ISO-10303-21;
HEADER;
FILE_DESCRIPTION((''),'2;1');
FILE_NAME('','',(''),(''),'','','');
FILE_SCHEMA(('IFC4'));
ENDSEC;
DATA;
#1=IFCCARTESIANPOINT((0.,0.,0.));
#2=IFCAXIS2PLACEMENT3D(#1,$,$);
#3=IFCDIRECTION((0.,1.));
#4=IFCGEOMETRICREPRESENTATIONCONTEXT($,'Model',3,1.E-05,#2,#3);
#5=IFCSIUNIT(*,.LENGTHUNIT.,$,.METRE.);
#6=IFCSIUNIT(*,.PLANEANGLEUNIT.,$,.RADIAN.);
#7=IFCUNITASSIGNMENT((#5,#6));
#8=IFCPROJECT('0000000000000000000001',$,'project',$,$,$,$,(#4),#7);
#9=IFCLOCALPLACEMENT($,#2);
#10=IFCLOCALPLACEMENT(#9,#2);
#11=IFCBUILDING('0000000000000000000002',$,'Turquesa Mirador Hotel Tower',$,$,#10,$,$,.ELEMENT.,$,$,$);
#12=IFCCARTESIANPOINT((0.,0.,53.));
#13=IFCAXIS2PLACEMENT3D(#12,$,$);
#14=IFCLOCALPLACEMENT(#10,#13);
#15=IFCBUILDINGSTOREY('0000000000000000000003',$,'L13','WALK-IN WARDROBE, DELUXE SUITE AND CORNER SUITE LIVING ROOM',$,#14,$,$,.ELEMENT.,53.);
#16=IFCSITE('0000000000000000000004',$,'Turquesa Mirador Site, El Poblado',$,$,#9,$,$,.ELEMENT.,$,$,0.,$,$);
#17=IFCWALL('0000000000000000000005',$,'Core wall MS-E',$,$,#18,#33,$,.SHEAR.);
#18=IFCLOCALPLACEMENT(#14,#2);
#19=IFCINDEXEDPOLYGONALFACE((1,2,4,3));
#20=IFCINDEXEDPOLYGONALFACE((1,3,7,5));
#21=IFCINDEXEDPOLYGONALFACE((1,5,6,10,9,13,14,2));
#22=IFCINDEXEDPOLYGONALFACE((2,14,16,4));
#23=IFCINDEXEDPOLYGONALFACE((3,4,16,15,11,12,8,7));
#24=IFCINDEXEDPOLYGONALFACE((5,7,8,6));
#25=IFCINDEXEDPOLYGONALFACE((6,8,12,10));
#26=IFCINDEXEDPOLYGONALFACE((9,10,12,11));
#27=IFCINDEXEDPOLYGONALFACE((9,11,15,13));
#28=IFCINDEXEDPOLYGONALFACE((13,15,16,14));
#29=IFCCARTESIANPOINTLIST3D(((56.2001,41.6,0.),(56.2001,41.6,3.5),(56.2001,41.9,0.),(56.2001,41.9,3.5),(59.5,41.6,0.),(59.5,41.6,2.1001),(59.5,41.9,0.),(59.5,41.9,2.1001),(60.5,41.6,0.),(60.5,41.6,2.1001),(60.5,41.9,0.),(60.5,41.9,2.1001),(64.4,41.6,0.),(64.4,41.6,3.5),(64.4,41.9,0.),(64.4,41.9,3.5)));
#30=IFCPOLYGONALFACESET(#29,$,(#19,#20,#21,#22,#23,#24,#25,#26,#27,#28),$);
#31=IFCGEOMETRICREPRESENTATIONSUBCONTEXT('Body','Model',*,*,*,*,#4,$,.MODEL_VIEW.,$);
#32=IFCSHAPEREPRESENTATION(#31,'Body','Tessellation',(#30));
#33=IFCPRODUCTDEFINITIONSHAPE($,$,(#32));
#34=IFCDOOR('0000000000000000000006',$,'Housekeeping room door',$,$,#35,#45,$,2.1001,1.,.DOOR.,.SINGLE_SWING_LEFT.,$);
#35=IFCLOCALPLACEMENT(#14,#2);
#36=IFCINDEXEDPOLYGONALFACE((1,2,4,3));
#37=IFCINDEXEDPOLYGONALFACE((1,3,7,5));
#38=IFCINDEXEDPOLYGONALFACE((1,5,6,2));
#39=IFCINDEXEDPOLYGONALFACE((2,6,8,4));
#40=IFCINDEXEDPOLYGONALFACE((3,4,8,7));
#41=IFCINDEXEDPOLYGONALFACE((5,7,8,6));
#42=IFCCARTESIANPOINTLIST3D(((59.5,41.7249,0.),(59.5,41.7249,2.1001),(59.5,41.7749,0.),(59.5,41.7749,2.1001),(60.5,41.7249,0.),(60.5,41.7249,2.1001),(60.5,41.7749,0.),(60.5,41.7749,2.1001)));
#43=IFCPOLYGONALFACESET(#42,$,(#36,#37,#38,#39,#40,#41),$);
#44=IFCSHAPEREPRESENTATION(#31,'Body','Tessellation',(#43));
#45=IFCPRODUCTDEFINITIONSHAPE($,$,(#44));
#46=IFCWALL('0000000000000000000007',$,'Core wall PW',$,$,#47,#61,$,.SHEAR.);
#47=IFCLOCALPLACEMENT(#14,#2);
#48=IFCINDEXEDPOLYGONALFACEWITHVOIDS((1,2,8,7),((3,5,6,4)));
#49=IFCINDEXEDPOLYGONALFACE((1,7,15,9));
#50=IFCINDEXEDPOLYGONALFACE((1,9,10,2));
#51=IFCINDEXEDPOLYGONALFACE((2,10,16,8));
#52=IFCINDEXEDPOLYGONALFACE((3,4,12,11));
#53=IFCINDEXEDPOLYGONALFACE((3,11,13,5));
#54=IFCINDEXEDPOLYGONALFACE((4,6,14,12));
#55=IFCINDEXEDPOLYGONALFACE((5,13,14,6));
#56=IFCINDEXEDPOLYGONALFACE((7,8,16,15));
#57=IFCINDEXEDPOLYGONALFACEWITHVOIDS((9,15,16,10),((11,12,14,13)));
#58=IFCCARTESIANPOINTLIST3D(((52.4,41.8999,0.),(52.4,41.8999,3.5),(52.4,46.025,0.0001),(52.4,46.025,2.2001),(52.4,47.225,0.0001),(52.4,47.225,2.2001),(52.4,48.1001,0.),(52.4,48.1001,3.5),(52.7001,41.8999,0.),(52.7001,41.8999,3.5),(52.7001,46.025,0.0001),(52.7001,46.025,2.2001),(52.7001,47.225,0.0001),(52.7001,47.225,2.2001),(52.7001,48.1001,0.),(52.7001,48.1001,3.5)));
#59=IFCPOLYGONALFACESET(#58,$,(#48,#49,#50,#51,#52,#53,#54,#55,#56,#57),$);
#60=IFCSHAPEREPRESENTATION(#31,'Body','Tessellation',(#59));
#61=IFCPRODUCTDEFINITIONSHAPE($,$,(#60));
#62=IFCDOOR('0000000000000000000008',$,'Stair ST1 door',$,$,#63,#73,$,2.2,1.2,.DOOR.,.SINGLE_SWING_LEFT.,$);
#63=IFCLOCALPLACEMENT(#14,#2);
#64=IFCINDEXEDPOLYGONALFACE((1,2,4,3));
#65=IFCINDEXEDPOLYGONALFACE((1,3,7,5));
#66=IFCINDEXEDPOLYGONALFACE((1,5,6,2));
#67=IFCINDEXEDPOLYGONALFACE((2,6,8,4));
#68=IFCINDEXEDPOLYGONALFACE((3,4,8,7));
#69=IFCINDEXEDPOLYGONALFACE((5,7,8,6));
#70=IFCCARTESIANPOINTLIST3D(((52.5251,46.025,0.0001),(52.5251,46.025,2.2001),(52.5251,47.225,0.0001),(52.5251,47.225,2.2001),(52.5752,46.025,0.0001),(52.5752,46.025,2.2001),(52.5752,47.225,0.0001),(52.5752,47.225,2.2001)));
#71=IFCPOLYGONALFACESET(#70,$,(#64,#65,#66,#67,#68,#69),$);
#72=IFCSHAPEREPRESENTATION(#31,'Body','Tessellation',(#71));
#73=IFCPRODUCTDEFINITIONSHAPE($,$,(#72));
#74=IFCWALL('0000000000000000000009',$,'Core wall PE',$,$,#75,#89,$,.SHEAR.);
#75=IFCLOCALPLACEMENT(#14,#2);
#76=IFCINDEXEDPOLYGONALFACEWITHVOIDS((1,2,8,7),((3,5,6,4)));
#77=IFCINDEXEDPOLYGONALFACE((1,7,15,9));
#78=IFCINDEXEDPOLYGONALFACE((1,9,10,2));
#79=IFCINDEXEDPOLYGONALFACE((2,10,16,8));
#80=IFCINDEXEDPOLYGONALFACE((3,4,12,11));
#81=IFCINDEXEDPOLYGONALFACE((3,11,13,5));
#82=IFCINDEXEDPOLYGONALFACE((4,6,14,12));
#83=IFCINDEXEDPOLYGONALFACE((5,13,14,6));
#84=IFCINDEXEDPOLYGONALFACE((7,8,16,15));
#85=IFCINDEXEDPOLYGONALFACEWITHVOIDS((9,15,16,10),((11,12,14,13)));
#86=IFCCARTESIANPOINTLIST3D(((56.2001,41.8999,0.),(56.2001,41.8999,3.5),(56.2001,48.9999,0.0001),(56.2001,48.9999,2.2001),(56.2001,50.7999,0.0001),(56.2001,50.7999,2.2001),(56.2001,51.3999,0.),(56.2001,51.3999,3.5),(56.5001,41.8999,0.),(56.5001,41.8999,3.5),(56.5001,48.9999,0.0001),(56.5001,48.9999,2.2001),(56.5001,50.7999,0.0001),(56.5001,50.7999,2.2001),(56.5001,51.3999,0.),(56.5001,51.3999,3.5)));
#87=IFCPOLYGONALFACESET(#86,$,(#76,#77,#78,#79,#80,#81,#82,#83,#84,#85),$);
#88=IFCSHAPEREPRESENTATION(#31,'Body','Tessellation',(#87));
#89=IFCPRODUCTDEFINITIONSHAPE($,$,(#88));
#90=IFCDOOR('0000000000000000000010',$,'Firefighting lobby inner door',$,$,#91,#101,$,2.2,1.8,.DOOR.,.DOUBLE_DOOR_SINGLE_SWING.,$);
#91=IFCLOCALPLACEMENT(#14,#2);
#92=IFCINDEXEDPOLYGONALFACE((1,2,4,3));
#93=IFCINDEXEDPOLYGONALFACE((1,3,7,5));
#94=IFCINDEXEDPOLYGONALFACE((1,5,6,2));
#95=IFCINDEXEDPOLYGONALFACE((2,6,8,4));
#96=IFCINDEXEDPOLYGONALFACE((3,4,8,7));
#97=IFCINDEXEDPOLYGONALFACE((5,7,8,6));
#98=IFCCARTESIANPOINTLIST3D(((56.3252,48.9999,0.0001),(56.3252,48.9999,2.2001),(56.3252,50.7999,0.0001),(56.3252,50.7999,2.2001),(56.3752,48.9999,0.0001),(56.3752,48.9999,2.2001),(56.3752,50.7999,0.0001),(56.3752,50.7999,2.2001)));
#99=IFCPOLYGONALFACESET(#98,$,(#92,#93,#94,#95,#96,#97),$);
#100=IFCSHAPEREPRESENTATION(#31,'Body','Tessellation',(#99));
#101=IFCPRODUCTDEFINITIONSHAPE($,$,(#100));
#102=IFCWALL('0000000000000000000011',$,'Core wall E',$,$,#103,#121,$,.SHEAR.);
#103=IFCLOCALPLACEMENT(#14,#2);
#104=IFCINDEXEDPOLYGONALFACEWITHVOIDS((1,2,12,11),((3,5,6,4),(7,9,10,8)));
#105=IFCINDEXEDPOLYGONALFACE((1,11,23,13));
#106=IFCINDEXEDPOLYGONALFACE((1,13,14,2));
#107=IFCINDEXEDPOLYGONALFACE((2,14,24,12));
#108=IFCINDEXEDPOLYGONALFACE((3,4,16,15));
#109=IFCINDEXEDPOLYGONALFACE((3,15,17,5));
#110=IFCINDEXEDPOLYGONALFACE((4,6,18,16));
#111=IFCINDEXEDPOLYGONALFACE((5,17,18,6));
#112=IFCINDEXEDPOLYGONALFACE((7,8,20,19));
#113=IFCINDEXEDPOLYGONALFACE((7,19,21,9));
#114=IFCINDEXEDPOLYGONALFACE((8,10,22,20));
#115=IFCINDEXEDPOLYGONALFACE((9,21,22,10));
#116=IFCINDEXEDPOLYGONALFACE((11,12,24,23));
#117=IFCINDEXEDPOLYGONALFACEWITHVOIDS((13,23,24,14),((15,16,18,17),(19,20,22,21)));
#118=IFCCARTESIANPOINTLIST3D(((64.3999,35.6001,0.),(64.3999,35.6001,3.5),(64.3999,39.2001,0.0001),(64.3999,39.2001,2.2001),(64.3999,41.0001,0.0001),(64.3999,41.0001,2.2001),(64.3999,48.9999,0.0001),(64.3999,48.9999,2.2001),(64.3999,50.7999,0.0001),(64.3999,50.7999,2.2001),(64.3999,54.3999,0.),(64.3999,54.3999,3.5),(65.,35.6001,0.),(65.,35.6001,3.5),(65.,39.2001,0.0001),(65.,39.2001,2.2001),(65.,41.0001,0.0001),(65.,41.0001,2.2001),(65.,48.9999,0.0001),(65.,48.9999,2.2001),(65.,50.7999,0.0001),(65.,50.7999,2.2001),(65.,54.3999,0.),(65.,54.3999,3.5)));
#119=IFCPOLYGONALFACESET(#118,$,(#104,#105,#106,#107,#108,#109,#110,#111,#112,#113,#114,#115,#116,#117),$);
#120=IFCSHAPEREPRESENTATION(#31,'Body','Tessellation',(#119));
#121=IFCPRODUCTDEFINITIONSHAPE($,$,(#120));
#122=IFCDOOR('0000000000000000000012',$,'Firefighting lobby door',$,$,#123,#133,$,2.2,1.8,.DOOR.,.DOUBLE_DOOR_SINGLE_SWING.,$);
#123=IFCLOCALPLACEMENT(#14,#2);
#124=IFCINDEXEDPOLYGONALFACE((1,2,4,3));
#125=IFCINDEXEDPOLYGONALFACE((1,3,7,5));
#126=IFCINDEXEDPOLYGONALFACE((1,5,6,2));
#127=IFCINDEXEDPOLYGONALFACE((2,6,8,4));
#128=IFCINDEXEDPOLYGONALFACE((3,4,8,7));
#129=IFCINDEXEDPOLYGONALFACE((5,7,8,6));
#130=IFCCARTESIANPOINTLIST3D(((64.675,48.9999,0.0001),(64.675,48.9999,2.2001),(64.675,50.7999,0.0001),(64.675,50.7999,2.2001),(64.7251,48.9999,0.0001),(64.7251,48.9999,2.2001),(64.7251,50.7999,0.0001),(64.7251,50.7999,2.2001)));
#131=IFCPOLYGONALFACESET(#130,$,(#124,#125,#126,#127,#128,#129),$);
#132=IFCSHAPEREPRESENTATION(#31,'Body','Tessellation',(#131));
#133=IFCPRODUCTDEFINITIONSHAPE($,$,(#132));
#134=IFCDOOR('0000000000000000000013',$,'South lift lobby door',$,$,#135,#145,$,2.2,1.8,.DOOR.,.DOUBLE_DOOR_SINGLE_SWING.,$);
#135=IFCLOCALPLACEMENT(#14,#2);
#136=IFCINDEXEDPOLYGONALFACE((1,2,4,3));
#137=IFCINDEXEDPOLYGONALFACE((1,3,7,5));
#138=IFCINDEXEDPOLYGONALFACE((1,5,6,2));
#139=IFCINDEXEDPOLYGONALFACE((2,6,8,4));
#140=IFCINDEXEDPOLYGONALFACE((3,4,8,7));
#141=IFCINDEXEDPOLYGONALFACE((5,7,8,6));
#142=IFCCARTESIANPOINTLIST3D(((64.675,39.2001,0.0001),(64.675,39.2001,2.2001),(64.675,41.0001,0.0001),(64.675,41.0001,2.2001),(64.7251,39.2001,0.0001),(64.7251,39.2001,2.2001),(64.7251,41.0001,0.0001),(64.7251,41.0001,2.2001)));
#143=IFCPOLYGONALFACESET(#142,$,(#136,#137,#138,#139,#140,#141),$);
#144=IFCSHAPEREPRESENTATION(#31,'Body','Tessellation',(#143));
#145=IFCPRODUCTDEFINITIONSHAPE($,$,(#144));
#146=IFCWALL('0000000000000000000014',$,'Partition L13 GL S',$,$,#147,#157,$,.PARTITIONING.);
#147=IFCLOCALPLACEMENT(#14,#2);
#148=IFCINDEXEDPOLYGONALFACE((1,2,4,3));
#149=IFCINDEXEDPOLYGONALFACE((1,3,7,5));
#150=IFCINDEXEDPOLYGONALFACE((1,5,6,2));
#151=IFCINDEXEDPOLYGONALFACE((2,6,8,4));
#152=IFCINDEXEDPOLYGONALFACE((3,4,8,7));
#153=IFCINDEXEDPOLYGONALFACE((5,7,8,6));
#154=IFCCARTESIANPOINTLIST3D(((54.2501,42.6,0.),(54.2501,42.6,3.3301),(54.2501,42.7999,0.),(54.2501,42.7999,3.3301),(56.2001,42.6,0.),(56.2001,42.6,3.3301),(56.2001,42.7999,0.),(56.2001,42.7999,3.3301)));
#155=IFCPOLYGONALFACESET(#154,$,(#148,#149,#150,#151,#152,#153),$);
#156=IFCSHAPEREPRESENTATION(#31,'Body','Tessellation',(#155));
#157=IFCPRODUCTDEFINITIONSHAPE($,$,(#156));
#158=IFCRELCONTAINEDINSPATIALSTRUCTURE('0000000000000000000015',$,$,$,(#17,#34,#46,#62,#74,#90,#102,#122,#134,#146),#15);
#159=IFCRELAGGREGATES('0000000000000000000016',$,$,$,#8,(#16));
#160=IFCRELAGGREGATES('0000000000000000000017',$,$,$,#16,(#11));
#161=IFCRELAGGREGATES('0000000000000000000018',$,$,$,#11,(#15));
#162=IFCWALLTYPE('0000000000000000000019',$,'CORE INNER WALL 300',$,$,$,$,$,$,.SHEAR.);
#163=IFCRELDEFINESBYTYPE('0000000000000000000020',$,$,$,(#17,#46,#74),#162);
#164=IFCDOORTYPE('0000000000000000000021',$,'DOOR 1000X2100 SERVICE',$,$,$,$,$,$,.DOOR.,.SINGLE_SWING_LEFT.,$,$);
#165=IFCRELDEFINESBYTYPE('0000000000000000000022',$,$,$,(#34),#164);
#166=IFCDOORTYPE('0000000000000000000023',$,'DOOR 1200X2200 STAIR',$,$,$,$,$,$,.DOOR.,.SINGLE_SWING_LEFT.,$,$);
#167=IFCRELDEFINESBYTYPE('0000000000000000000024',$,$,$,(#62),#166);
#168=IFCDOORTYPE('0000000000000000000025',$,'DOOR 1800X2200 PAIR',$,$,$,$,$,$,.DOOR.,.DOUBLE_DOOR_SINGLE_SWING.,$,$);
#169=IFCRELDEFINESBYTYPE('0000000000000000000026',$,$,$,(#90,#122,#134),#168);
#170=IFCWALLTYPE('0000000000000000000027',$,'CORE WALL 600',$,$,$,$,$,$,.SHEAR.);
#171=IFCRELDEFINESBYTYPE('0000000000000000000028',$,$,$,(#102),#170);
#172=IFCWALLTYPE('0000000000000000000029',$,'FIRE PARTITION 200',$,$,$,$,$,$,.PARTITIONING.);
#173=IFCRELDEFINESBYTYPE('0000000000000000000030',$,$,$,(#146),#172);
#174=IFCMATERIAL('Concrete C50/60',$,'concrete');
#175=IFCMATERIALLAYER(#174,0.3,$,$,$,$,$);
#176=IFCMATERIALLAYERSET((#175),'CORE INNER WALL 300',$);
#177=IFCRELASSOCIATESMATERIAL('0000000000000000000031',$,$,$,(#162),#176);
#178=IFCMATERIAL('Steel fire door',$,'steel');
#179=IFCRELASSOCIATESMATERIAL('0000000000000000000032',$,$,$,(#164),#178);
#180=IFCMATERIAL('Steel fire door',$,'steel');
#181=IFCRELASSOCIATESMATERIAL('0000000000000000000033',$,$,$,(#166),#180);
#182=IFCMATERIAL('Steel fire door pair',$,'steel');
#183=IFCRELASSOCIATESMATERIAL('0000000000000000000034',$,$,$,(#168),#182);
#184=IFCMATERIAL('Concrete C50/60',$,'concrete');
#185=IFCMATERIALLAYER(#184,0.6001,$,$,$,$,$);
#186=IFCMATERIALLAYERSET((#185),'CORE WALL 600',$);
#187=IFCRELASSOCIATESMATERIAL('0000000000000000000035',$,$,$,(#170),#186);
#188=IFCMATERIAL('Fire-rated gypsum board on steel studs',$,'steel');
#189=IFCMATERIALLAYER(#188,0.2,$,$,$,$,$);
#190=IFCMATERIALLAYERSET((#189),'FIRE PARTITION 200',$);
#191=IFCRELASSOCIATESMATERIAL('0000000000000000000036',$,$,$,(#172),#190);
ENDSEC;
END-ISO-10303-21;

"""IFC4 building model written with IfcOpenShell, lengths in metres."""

from ifc_helpers import new_model, si_unit, direction, frame, frame_2d, origin, place, context, subcontext, project, spatial, rectangle, extrude, material, layer, layer_set, type_object, element, fill, save


model = new_model("IFC4")

# Units and contexts
model_context = context("Model", 3, precision=1e-05, world=origin(), true_north=direction((0.0, 1.0)))
body_context = subcontext(model_context, "Body", "Model", "MODEL_VIEW")
ifc_project = project(units=[si_unit("LENGTHUNIT", "METRE"), si_unit("PLANEANGLEUNIT", "RADIAN")], contexts=[model_context])

# Site, building, storey
site_placement = place(None, origin())
site = spatial("IfcSite", under=ifc_project, at=site_placement, Name="Turquesa Mirador Site, El Poblado", CompositionType="ELEMENT", RefElevation=0.0)
building_placement = place(site_placement, origin())
building = spatial("IfcBuilding", under=site, at=building_placement, Name="Turquesa Mirador Hotel Tower", CompositionType="ELEMENT")
storey_placement = place(building_placement, frame((0.0, 0.0, 53.0)))
storey = spatial("IfcBuildingStorey", under=building, at=storey_placement, Name="L13", Description="WALK-IN WARDROBE, DELUXE SUITE AND CORNER SUITE LIVING ROOM", CompositionType="ELEMENT", Elevation=53.0)

# Walls, openings, doors
ifc_material_1 = material(Name="Concrete C50/60", Category="concrete")
ifc_layer_1 = layer(ifc_material_1, 0.3)
ifc_layer_set_1 = layer_set([ifc_layer_1], Name="CORE INNER WALL 300")
wall_type_1 = type_object("IfcWallType", Name="CORE INNER WALL 300", PredefinedType="SHEAR", material=ifc_layer_set_1)
wall_1_placement = place(storey_placement, frame((56.2, 41.75, 0.0), z_axis=(0.0, 0.0, 1.0), x_axis=(1.0, 0.0, 0.0)))
wall_1 = element("IfcWall", 1, at=wall_1_placement, inside=storey, type_object=wall_type_1, Name="Core wall MS-E", PredefinedType="SHEAR", context=body_context, shape_type="SweptSolid", body=[
    extrude(rectangle(XDim=8.2, YDim=0.3, at=frame_2d((4.1001, 0.0))), origin(), (0.0, 0.0, 1.0), 3.5),
])
opening_1_placement = place(wall_1_placement, frame((3.3, 0.0, 0.0)))
opening_1 = element("IfcOpeningElement", 2, at=opening_1_placement, cuts=wall_1, PredefinedType="OPENING", context=body_context, shape_type="SweptSolid", body=[
    extrude(rectangle(XDim=1.0, YDim=2.1001, at=frame_2d((0.5, 1.05))), frame((0.0, 0.1599, 0.0), z_axis=(0.0, -1.0, 0.0), x_axis=(1.0, 0.0, 0.0)), (0.0, 0.0, 1.0), 0.3201),
])
ifc_material_2 = material(Name="Steel fire door", Category="steel")
door_type_1 = type_object("IfcDoorType", Name="DOOR 1000X2100 SERVICE", OperationType="SINGLE_SWING_LEFT", PredefinedType="DOOR", material=ifc_material_2)
door_1_placement = place(opening_1_placement, origin())
door_1 = element("IfcDoor", 3, at=door_1_placement, inside=storey, type_object=door_type_1, Name="Housekeeping room door", OperationType="SINGLE_SWING_LEFT", OverallHeight=2.1001, OverallWidth=1.0, PredefinedType="DOOR", context=body_context, shape_type="SweptSolid", body=[
    extrude(rectangle(XDim=1.0, YDim=2.1001, at=frame_2d((0.5, 1.05))), frame((0.0, 0.0249, 0.0), z_axis=(0.0, -1.0, 0.0), x_axis=(1.0, 0.0, 0.0)), (0.0, 0.0, 1.0), 0.05),
])
fill(opening_1, door_1)
wall_2_placement = place(storey_placement, frame((52.55, 41.8999, 0.0), z_axis=(0.0, 0.0, 1.0), x_axis=(0.0, 1.0, 0.0)))
wall_2 = element("IfcWall", 4, at=wall_2_placement, inside=storey, type_object=wall_type_1, Name="Core wall PW", PredefinedType="SHEAR", context=body_context, shape_type="SweptSolid", body=[
    extrude(rectangle(XDim=6.2002, YDim=0.3, at=frame_2d((3.1001, 0.0))), origin(), (0.0, 0.0, 1.0), 3.5),
])
opening_2_placement = place(wall_2_placement, frame((4.125, 0.0, 0.0)))
opening_2 = element("IfcOpeningElement", 5, at=opening_2_placement, cuts=wall_2, PredefinedType="OPENING", context=body_context, shape_type="SweptSolid", body=[
    extrude(rectangle(XDim=1.2, YDim=2.2, at=frame_2d((0.6001, 1.1001))), frame((0.0, 0.1599, 0.0), z_axis=(0.0, -1.0, 0.0), x_axis=(1.0, 0.0, 0.0)), (0.0, 0.0, 1.0), 0.3201),
])
ifc_material_3 = material(Name="Steel fire door", Category="steel")
door_type_2 = type_object("IfcDoorType", Name="DOOR 1200X2200 STAIR", OperationType="SINGLE_SWING_LEFT", PredefinedType="DOOR", material=ifc_material_3)
door_2_placement = place(opening_2_placement, origin())
door_2 = element("IfcDoor", 6, at=door_2_placement, inside=storey, type_object=door_type_2, Name="Stair ST1 door", OperationType="SINGLE_SWING_LEFT", OverallHeight=2.2, OverallWidth=1.2, PredefinedType="DOOR", context=body_context, shape_type="SweptSolid", body=[
    extrude(rectangle(XDim=1.2, YDim=2.2, at=frame_2d((0.6001, 1.1001))), frame((0.0, 0.0249, 0.0), z_axis=(0.0, -1.0, 0.0), x_axis=(1.0, 0.0, 0.0)), (0.0, 0.0, 1.0), 0.05),
])
fill(opening_2, door_2)
wall_3_placement = place(storey_placement, frame((56.3501, 41.8999, 0.0), z_axis=(0.0, 0.0, 1.0), x_axis=(0.0, 1.0, 0.0)))
wall_3 = element("IfcWall", 7, at=wall_3_placement, inside=storey, type_object=wall_type_1, Name="Core wall PE", PredefinedType="SHEAR", context=body_context, shape_type="SweptSolid", body=[
    extrude(rectangle(XDim=9.5, YDim=0.3, at=frame_2d((4.75, 0.0))), origin(), (0.0, 0.0, 1.0), 3.5),
])
opening_3_placement = place(wall_3_placement, frame((7.1001, 0.0, 0.0)))
opening_3 = element("IfcOpeningElement", 8, at=opening_3_placement, cuts=wall_3, PredefinedType="OPENING", context=body_context, shape_type="SweptSolid", body=[
    extrude(rectangle(XDim=1.8, YDim=2.2, at=frame_2d((0.8999, 1.1001))), frame((0.0, 0.1599, 0.0), z_axis=(0.0, -1.0, 0.0), x_axis=(1.0, 0.0, 0.0)), (0.0, 0.0, 1.0), 0.3201),
])
ifc_material_4 = material(Name="Steel fire door pair", Category="steel")
door_type_3 = type_object("IfcDoorType", Name="DOOR 1800X2200 PAIR", OperationType="DOUBLE_DOOR_SINGLE_SWING", PredefinedType="DOOR", material=ifc_material_4)
door_3_placement = place(opening_3_placement, origin())
door_3 = element("IfcDoor", 9, at=door_3_placement, inside=storey, type_object=door_type_3, Name="Firefighting lobby inner door", OperationType="DOUBLE_DOOR_SINGLE_SWING", OverallHeight=2.2, OverallWidth=1.8, PredefinedType="DOOR", context=body_context, shape_type="SweptSolid", body=[
    extrude(rectangle(XDim=1.8, YDim=2.2, at=frame_2d((0.8999, 1.1001))), frame((0.0, 0.0249, 0.0), z_axis=(0.0, -1.0, 0.0), x_axis=(1.0, 0.0, 0.0)), (0.0, 0.0, 1.0), 0.05),
])
fill(opening_3, door_3)

# Wall, openings, doors
ifc_material_5 = material(Name="Concrete C50/60", Category="concrete")
ifc_layer_2 = layer(ifc_material_5, 0.6001)
ifc_layer_set_2 = layer_set([ifc_layer_2], Name="CORE WALL 600")
wall_type_2 = type_object("IfcWallType", Name="CORE WALL 600", PredefinedType="SHEAR", material=ifc_layer_set_2)
wall_4_placement = place(storey_placement, frame((64.7, 35.6001, 0.0), z_axis=(0.0, 0.0, 1.0), x_axis=(0.0, 1.0, 0.0)))
wall_4 = element("IfcWall", 10, at=wall_4_placement, inside=storey, type_object=wall_type_2, Name="Core wall E", PredefinedType="SHEAR", context=body_context, shape_type="SweptSolid", body=[
    extrude(rectangle(XDim=18.7998, YDim=0.6001, at=frame_2d((9.3999, 0.0))), origin(), (0.0, 0.0, 1.0), 3.5),
])
opening_4_placement = place(wall_4_placement, frame((13.3999, 0.0, 0.0)))
opening_4 = element("IfcOpeningElement", 11, at=opening_4_placement, cuts=wall_4, PredefinedType="OPENING", context=body_context, shape_type="SweptSolid", body=[
    extrude(rectangle(XDim=1.8, YDim=2.2, at=frame_2d((0.8999, 1.1001))), frame((0.0, 0.3101, 0.0), z_axis=(0.0, -1.0, 0.0), x_axis=(1.0, 0.0, 0.0)), (0.0, 0.0, 1.0), 0.6201),
])
opening_5_placement = place(wall_4_placement, frame((3.6001, 0.0, 0.0)))
opening_5 = element("IfcOpeningElement", 12, at=opening_5_placement, cuts=wall_4, PredefinedType="OPENING", context=body_context, shape_type="SweptSolid", body=[
    extrude(rectangle(XDim=1.8, YDim=2.2, at=frame_2d((0.8999, 1.1001))), frame((0.0, 0.3101, 0.0), z_axis=(0.0, -1.0, 0.0), x_axis=(1.0, 0.0, 0.0)), (0.0, 0.0, 1.0), 0.6201),
])
door_4_placement = place(opening_4_placement, origin())
door_4 = element("IfcDoor", 13, at=door_4_placement, inside=storey, type_object=door_type_3, Name="Firefighting lobby door", OperationType="DOUBLE_DOOR_SINGLE_SWING", OverallHeight=2.2, OverallWidth=1.8, PredefinedType="DOOR", context=body_context, shape_type="SweptSolid", body=[
    extrude(rectangle(XDim=1.8, YDim=2.2, at=frame_2d((0.8999, 1.1001))), frame((0.0, 0.0249, 0.0), z_axis=(0.0, -1.0, 0.0), x_axis=(1.0, 0.0, 0.0)), (0.0, 0.0, 1.0), 0.05),
])
fill(opening_4, door_4)
door_5_placement = place(opening_5_placement, origin())
door_5 = element("IfcDoor", 14, at=door_5_placement, inside=storey, type_object=door_type_3, Name="South lift lobby door", OperationType="DOUBLE_DOOR_SINGLE_SWING", OverallHeight=2.2, OverallWidth=1.8, PredefinedType="DOOR", context=body_context, shape_type="SweptSolid", body=[
    extrude(rectangle(XDim=1.8, YDim=2.2, at=frame_2d((0.8999, 1.1001))), frame((0.0, 0.0249, 0.0), z_axis=(0.0, -1.0, 0.0), x_axis=(1.0, 0.0, 0.0)), (0.0, 0.0, 1.0), 0.05),
])
fill(opening_5, door_5)

# Wall
ifc_material_6 = material(Name="Fire-rated gypsum board on steel studs", Category="steel")
ifc_layer_3 = layer(ifc_material_6, 0.2)
ifc_layer_set_3 = layer_set([ifc_layer_3], Name="FIRE PARTITION 200")
wall_type_3 = type_object("IfcWallType", Name="FIRE PARTITION 200", PredefinedType="PARTITIONING", material=ifc_layer_set_3)
wall_5_placement = place(storey_placement, frame((54.25, 42.7, 0.0), z_axis=(0.0, 0.0, 1.0), x_axis=(1.0, 0.0, 0.0)))
element("IfcWall", 15, at=wall_5_placement, inside=storey, type_object=wall_type_3, Name="Partition L13 GL S", PredefinedType="PARTITIONING", context=body_context, shape_type="SweptSolid", body=[
    extrude(rectangle(XDim=1.95, YDim=0.2, at=frame_2d((0.9751, 0.0))), origin(), (0.0, 0.0, 1.0), 3.3301),
])

save(model, "model.ifc")
